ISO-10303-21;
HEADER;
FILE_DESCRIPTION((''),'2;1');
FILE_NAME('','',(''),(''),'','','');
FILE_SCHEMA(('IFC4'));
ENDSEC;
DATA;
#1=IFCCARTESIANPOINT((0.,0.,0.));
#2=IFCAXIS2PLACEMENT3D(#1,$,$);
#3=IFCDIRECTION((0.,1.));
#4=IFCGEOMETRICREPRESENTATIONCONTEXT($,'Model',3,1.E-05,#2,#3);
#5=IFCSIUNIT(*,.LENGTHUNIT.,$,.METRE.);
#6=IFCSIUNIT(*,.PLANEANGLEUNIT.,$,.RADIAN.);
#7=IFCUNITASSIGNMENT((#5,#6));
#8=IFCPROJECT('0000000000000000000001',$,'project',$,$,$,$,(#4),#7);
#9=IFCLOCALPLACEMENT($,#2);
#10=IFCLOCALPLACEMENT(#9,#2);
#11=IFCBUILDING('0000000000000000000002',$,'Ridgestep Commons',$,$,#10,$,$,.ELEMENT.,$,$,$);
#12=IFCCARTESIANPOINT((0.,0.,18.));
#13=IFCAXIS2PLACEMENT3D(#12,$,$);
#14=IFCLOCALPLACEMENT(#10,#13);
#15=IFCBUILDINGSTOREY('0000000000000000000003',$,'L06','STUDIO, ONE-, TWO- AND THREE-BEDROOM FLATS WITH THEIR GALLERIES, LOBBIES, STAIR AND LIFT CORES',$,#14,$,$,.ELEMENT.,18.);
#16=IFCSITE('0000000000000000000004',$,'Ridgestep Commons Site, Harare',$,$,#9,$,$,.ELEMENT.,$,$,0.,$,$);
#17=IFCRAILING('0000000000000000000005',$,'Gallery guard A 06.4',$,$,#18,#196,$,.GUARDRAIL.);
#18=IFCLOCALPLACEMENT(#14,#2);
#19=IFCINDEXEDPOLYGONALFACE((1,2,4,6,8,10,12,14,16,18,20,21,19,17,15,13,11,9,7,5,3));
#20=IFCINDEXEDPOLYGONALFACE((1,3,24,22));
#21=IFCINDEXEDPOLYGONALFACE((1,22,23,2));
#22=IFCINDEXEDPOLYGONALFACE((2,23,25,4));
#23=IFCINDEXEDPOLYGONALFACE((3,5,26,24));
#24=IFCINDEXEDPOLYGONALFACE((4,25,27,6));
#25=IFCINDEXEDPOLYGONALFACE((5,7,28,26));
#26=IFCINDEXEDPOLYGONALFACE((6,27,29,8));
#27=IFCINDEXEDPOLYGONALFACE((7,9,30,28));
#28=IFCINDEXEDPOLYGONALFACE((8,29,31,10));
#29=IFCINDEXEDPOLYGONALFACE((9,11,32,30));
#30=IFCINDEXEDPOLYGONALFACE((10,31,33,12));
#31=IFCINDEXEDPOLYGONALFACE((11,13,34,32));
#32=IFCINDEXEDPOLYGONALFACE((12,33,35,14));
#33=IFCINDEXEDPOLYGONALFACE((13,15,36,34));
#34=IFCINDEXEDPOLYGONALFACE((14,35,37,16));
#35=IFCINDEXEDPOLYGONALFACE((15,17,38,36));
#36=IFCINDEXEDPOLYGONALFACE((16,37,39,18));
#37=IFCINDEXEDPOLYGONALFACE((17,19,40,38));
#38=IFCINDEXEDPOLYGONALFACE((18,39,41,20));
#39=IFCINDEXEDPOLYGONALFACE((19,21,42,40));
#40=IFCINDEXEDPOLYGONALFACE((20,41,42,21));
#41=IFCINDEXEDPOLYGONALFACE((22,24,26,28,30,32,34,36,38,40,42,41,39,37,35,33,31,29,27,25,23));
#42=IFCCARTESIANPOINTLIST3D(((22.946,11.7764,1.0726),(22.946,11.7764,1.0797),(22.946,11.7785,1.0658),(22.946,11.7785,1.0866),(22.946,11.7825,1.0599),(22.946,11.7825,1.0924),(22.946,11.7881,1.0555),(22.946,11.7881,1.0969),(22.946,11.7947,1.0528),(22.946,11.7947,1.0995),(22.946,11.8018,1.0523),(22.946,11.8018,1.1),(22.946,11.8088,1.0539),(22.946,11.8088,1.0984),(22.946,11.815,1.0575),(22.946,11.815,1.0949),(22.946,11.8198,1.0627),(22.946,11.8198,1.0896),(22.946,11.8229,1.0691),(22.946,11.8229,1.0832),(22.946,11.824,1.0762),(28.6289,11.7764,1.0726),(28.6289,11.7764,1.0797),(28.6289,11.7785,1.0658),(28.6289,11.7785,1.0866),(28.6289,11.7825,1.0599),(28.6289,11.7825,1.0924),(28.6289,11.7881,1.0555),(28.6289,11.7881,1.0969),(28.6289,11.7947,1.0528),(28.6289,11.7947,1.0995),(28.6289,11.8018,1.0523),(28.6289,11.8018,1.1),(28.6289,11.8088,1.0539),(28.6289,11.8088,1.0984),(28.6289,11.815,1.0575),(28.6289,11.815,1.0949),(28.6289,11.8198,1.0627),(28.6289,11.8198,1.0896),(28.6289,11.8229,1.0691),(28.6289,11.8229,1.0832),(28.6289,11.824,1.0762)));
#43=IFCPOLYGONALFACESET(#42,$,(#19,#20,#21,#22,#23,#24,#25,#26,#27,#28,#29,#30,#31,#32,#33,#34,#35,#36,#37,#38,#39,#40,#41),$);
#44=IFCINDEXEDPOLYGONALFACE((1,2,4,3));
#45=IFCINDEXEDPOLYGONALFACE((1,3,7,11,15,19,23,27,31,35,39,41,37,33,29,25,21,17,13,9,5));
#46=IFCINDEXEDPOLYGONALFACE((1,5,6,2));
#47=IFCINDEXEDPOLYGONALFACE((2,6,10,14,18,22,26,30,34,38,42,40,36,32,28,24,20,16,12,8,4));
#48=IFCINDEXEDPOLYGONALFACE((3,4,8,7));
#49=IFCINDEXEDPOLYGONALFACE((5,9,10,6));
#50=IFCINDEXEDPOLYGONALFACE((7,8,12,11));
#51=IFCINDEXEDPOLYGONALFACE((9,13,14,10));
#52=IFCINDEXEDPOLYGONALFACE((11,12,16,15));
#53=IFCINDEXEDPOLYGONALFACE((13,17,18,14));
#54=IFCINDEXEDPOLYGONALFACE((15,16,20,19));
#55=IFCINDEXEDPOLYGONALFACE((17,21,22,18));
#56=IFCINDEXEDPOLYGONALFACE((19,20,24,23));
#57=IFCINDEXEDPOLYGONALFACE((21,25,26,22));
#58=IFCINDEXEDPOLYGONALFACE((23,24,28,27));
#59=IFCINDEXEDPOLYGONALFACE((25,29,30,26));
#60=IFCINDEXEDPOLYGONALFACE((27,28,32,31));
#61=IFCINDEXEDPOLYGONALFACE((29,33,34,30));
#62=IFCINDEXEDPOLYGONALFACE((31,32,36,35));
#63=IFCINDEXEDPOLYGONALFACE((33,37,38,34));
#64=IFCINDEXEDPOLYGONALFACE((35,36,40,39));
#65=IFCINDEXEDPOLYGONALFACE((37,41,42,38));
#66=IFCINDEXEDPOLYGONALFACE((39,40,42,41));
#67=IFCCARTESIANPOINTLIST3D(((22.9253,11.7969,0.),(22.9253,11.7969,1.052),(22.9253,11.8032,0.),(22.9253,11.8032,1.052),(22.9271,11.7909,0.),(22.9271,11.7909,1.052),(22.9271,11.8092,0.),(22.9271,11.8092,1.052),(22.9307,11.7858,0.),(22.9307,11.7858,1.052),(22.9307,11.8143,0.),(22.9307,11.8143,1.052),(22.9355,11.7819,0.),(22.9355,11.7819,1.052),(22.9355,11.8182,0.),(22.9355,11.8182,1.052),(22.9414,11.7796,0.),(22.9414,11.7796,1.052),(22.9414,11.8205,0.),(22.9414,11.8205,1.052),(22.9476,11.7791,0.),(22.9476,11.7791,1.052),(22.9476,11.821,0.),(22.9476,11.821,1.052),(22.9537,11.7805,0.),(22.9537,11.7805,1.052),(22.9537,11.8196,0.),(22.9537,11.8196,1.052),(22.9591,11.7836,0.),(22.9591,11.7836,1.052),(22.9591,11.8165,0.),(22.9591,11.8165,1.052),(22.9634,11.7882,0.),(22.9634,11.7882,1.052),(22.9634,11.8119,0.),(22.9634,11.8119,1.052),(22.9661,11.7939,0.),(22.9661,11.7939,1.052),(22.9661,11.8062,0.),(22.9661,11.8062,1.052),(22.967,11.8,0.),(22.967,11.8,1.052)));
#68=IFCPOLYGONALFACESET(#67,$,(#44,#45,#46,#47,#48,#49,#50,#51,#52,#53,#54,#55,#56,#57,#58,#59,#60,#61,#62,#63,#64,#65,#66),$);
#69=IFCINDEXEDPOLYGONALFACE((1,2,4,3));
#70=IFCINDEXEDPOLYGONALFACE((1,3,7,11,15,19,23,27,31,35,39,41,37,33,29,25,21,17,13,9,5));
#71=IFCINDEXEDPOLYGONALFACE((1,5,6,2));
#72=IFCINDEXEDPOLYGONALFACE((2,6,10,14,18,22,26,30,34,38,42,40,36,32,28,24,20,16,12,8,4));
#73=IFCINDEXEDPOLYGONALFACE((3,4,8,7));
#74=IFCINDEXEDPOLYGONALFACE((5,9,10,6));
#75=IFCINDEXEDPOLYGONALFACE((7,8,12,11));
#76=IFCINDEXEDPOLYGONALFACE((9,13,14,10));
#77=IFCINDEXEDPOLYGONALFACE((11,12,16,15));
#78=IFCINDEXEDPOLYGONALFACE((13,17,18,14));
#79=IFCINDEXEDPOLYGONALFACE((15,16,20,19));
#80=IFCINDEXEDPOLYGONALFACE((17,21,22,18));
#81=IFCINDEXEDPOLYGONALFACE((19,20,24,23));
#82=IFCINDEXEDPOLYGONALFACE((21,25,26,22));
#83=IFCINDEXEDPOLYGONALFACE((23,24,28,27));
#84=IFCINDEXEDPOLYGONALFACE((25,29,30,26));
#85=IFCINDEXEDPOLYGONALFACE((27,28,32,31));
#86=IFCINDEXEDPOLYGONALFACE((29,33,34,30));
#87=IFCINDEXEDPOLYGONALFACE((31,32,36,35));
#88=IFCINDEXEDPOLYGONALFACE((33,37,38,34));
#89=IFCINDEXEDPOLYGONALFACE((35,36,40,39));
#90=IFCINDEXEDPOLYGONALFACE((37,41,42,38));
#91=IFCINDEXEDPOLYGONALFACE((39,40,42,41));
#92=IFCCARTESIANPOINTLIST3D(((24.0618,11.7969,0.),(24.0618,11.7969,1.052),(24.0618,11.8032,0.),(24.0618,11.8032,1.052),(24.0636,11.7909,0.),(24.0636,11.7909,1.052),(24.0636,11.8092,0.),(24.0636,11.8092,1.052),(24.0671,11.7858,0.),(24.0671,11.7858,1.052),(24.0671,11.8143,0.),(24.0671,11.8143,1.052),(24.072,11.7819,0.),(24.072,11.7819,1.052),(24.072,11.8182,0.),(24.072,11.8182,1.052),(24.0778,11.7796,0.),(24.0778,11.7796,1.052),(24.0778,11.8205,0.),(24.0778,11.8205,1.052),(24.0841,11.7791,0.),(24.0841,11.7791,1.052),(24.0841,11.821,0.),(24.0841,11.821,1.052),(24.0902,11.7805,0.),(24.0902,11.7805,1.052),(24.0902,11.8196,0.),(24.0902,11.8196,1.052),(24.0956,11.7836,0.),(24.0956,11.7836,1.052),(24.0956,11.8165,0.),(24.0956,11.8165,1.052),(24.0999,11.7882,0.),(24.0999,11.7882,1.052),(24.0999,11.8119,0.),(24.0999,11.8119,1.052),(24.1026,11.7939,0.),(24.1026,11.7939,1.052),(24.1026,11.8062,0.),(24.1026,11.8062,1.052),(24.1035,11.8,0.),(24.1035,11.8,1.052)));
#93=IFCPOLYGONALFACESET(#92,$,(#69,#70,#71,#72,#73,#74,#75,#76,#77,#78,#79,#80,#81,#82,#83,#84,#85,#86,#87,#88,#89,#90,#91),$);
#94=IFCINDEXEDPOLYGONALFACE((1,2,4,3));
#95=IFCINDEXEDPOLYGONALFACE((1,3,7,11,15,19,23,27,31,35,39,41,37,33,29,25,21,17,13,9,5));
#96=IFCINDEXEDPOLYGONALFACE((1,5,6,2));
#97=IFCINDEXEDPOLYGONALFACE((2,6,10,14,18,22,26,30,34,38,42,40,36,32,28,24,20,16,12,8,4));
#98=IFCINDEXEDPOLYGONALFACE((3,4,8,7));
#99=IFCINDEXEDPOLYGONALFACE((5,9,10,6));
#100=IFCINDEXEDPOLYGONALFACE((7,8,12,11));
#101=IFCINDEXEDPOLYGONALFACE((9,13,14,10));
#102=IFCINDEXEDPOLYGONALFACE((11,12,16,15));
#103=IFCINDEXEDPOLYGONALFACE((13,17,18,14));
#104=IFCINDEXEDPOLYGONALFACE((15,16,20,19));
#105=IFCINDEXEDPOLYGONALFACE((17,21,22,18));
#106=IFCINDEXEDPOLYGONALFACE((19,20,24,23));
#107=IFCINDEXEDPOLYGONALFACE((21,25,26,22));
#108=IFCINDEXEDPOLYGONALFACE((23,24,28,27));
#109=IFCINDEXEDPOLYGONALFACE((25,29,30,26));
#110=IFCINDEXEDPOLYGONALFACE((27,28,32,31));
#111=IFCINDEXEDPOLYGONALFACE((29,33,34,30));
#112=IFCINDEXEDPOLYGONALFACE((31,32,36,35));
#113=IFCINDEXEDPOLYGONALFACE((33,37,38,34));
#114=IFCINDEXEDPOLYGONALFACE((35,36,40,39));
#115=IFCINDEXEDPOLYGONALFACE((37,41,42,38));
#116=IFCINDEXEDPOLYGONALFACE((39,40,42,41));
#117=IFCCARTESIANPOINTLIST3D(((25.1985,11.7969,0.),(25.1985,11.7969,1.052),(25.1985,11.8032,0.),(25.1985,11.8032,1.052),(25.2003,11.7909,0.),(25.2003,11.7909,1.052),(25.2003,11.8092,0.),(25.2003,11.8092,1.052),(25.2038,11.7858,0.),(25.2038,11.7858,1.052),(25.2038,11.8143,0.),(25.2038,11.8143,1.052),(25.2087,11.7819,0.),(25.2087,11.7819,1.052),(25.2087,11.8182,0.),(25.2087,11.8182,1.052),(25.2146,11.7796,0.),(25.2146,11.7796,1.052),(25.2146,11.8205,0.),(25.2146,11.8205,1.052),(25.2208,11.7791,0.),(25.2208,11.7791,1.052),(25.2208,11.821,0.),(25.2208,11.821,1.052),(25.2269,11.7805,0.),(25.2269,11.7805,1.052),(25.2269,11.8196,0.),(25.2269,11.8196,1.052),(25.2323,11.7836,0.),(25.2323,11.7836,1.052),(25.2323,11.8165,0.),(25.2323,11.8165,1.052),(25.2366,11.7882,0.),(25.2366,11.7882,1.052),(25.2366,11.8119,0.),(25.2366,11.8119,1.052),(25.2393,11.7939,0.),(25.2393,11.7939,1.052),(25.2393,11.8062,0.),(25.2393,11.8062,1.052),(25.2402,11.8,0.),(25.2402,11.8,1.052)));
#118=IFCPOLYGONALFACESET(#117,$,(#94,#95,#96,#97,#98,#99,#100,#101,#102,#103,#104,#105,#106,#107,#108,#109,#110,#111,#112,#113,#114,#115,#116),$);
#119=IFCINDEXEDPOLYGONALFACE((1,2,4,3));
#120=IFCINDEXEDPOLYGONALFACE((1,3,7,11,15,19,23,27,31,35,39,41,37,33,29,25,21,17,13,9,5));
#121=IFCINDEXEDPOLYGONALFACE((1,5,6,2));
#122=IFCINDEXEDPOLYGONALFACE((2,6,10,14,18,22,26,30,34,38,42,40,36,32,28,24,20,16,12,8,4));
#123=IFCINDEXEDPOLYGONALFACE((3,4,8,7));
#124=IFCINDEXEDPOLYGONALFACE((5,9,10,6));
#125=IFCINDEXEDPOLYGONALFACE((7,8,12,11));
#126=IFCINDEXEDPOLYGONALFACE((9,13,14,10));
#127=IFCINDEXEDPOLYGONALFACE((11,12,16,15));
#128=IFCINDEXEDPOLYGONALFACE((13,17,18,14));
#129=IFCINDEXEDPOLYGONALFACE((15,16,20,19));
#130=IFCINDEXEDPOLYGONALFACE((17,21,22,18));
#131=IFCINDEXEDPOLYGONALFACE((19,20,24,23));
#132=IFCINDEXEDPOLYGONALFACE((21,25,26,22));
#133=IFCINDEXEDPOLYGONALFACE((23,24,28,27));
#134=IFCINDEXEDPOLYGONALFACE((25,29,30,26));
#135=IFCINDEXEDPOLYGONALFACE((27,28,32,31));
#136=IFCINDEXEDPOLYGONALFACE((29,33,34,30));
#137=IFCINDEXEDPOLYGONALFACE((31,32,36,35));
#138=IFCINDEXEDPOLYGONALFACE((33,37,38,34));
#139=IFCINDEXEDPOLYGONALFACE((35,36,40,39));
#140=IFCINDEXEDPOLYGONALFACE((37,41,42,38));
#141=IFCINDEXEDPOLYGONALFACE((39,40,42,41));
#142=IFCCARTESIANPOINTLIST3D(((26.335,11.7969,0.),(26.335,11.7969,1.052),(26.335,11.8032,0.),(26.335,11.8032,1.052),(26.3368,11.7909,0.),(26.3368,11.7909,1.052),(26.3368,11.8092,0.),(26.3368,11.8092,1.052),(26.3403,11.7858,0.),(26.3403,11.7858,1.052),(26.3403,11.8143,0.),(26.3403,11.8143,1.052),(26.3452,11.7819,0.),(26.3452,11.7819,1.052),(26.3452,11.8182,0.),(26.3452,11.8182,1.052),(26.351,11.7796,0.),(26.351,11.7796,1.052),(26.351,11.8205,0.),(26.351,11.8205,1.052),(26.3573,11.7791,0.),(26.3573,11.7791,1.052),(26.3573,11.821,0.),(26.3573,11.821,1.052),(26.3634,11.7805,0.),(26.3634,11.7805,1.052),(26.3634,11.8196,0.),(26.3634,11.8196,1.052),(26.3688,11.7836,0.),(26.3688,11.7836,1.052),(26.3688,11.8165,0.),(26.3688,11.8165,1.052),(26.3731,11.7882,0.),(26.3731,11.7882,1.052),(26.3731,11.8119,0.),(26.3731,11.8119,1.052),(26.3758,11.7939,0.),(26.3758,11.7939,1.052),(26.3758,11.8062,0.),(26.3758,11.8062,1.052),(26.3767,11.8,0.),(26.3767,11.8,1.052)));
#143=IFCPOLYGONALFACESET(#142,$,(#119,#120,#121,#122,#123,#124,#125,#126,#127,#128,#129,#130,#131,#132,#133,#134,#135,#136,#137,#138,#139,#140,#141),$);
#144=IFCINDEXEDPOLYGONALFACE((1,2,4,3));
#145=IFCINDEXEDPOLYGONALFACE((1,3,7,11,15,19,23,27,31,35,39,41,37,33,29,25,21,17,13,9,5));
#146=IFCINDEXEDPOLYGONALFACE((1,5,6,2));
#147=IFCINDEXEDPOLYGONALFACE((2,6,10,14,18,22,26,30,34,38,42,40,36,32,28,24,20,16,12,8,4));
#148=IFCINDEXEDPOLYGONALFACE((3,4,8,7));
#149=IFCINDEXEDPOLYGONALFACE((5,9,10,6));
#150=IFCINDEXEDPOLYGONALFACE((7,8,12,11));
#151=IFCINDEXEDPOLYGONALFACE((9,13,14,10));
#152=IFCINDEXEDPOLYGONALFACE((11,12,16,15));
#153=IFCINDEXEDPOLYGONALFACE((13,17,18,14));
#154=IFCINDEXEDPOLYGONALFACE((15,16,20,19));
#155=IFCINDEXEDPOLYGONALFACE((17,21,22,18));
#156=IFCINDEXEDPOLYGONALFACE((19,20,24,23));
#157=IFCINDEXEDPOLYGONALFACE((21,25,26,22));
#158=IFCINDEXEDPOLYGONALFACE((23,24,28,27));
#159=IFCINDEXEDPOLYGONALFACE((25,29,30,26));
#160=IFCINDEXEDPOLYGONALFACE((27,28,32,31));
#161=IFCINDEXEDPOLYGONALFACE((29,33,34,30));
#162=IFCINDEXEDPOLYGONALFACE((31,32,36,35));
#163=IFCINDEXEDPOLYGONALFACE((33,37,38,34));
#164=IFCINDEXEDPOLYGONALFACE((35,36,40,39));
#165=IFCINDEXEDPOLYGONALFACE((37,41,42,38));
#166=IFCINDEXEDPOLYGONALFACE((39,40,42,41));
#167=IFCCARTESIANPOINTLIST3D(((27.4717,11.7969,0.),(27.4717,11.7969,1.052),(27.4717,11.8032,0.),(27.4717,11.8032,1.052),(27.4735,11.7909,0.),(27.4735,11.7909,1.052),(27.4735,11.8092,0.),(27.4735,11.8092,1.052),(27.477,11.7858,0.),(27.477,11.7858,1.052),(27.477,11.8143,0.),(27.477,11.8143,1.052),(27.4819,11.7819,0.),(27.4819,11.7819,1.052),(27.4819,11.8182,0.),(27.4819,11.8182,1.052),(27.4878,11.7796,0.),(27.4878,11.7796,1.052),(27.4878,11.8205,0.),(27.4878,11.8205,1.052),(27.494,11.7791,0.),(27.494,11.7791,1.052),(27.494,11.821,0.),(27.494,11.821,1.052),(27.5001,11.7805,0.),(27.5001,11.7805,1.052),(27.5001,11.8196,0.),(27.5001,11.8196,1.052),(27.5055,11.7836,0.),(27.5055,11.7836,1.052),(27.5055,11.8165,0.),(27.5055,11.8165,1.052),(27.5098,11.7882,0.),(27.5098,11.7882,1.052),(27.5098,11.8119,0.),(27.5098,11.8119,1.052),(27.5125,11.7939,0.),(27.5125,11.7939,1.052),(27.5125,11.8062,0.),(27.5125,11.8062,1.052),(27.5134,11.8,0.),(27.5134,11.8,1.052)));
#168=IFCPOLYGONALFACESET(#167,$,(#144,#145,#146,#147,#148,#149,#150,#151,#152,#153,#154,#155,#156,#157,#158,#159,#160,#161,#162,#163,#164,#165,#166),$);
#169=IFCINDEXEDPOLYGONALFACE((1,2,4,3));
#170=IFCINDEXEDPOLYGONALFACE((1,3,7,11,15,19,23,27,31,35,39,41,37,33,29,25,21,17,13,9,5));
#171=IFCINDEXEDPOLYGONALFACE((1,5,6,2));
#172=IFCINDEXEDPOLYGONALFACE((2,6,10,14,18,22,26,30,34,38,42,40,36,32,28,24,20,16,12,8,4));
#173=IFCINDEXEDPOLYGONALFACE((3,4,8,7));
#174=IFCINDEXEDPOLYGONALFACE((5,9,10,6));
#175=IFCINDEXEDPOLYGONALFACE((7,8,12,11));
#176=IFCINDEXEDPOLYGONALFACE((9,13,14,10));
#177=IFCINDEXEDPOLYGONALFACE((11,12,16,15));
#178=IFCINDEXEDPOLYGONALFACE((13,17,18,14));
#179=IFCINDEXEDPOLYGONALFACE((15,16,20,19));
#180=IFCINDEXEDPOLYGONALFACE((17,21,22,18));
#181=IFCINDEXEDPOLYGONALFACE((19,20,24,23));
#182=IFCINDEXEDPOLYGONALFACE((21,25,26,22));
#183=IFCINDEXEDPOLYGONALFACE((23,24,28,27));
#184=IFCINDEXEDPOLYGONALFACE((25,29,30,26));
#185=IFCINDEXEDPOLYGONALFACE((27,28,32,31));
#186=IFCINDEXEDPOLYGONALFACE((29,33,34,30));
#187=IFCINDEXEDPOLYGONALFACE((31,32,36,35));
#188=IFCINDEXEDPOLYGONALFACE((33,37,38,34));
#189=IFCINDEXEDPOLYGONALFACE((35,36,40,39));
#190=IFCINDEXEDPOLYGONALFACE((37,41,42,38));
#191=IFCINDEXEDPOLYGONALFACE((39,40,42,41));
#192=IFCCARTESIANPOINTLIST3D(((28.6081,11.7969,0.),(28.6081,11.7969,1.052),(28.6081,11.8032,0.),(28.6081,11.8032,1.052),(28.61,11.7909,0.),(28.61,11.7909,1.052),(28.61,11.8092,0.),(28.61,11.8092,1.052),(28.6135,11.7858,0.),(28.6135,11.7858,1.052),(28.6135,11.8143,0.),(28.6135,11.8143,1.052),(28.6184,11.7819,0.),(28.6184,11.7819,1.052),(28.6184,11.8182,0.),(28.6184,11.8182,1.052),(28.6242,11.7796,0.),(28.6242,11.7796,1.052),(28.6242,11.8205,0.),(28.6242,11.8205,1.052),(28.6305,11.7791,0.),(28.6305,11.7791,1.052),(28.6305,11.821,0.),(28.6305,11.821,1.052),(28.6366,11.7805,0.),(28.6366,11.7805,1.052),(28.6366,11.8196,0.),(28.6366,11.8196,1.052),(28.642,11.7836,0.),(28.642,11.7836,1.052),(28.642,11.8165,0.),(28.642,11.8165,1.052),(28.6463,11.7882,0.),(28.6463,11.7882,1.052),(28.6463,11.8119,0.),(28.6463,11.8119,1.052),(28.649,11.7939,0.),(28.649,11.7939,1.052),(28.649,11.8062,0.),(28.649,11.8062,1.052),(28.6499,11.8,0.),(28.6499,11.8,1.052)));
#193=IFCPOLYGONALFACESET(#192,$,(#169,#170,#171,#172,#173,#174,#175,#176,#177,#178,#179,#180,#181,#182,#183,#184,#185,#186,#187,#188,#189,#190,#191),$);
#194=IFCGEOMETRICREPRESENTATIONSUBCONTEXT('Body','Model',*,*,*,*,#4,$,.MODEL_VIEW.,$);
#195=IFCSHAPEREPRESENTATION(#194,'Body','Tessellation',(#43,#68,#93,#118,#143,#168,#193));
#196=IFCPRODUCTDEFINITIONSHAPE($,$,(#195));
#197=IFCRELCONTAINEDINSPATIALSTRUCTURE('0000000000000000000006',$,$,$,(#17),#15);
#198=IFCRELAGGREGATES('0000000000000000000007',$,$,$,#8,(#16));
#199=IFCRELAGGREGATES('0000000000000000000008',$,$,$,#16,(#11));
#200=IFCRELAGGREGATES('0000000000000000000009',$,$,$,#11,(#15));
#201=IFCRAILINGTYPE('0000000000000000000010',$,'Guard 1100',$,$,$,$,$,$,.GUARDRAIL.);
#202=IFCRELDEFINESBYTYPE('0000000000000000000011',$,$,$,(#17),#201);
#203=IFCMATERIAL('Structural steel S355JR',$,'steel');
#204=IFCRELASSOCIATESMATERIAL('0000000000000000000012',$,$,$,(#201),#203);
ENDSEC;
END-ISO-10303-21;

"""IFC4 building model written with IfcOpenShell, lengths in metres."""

from ifc_helpers import new_model, si_unit, direction, frame, origin, origin_2d, place, context, subcontext, project, spatial, circle, extrude, material, type_object, element, save


model = new_model("IFC4")

# Units and contexts
model_context = context("Model", 3, precision=1e-05, world=origin(), true_north=direction((0.0, 1.0)))
body_context = subcontext(model_context, "Body", "Model", "MODEL_VIEW")
ifc_project = project(units=[si_unit("LENGTHUNIT", "METRE"), si_unit("PLANEANGLEUNIT", "RADIAN")], contexts=[model_context])

# Site, building, storey
site_placement = place(None, origin())
site = spatial("IfcSite", under=ifc_project, at=site_placement, Name="Ridgestep Commons Site, Harare", CompositionType="ELEMENT", RefElevation=0.0)
building_placement = place(site_placement, origin())
building = spatial("IfcBuilding", under=site, at=building_placement, Name="Ridgestep Commons", CompositionType="ELEMENT")
storey_placement = place(building_placement, frame((0.0, 0.0, 18.0)))
storey = spatial("IfcBuildingStorey", under=building, at=storey_placement, Name="L06", Description="STUDIO, ONE-, TWO- AND THREE-BEDROOM FLATS WITH THEIR GALLERIES, LOBBIES, STAIR AND LIFT CORES", CompositionType="ELEMENT", Elevation=18.0)

# Railing
ifc_material_1 = material(Name="Structural steel S355JR", Category="steel")
railing_type_1 = type_object("IfcRailingType", Name="Guard 1100", PredefinedType="GUARDRAIL", material=ifc_material_1)
railing_1_placement = place(storey_placement, frame((22.946, 11.8, 0.0)))
element("IfcRailing", 1, at=railing_1_placement, inside=storey, type_object=railing_type_1, Name="Gallery guard A 06.4", PredefinedType="GUARDRAIL", context=body_context, shape_type="SweptSolid", body=[
    extrude(circle(Radius=0.0239, at=origin_2d()), frame((0.0, 0.0, 1.0762), z_axis=(1.0, 0.0, 0.0), x_axis=(0.0, 1.0, 0.0)), (0.0, 0.0, 1.0), 5.6829),
    extrude(circle(Radius=0.021, at=origin_2d()), origin(), (0.0, 0.0, 1.0), 1.052),
    extrude(circle(Radius=0.021, at=origin_2d()), frame((1.1365, 0.0, 0.0)), (0.0, 0.0, 1.0), 1.052),
    extrude(circle(Radius=0.021, at=origin_2d()), frame((2.2732, 0.0, 0.0)), (0.0, 0.0, 1.0), 1.052),
    extrude(circle(Radius=0.021, at=origin_2d()), frame((3.4097, 0.0, 0.0)), (0.0, 0.0, 1.0), 1.052),
    extrude(circle(Radius=0.021, at=origin_2d()), frame((4.5464, 0.0, 0.0)), (0.0, 0.0, 1.0), 1.052),
    extrude(circle(Radius=0.021, at=origin_2d()), frame((5.6829, 0.0, 0.0)), (0.0, 0.0, 1.0), 1.052),
])

save(model, "model.ifc")
